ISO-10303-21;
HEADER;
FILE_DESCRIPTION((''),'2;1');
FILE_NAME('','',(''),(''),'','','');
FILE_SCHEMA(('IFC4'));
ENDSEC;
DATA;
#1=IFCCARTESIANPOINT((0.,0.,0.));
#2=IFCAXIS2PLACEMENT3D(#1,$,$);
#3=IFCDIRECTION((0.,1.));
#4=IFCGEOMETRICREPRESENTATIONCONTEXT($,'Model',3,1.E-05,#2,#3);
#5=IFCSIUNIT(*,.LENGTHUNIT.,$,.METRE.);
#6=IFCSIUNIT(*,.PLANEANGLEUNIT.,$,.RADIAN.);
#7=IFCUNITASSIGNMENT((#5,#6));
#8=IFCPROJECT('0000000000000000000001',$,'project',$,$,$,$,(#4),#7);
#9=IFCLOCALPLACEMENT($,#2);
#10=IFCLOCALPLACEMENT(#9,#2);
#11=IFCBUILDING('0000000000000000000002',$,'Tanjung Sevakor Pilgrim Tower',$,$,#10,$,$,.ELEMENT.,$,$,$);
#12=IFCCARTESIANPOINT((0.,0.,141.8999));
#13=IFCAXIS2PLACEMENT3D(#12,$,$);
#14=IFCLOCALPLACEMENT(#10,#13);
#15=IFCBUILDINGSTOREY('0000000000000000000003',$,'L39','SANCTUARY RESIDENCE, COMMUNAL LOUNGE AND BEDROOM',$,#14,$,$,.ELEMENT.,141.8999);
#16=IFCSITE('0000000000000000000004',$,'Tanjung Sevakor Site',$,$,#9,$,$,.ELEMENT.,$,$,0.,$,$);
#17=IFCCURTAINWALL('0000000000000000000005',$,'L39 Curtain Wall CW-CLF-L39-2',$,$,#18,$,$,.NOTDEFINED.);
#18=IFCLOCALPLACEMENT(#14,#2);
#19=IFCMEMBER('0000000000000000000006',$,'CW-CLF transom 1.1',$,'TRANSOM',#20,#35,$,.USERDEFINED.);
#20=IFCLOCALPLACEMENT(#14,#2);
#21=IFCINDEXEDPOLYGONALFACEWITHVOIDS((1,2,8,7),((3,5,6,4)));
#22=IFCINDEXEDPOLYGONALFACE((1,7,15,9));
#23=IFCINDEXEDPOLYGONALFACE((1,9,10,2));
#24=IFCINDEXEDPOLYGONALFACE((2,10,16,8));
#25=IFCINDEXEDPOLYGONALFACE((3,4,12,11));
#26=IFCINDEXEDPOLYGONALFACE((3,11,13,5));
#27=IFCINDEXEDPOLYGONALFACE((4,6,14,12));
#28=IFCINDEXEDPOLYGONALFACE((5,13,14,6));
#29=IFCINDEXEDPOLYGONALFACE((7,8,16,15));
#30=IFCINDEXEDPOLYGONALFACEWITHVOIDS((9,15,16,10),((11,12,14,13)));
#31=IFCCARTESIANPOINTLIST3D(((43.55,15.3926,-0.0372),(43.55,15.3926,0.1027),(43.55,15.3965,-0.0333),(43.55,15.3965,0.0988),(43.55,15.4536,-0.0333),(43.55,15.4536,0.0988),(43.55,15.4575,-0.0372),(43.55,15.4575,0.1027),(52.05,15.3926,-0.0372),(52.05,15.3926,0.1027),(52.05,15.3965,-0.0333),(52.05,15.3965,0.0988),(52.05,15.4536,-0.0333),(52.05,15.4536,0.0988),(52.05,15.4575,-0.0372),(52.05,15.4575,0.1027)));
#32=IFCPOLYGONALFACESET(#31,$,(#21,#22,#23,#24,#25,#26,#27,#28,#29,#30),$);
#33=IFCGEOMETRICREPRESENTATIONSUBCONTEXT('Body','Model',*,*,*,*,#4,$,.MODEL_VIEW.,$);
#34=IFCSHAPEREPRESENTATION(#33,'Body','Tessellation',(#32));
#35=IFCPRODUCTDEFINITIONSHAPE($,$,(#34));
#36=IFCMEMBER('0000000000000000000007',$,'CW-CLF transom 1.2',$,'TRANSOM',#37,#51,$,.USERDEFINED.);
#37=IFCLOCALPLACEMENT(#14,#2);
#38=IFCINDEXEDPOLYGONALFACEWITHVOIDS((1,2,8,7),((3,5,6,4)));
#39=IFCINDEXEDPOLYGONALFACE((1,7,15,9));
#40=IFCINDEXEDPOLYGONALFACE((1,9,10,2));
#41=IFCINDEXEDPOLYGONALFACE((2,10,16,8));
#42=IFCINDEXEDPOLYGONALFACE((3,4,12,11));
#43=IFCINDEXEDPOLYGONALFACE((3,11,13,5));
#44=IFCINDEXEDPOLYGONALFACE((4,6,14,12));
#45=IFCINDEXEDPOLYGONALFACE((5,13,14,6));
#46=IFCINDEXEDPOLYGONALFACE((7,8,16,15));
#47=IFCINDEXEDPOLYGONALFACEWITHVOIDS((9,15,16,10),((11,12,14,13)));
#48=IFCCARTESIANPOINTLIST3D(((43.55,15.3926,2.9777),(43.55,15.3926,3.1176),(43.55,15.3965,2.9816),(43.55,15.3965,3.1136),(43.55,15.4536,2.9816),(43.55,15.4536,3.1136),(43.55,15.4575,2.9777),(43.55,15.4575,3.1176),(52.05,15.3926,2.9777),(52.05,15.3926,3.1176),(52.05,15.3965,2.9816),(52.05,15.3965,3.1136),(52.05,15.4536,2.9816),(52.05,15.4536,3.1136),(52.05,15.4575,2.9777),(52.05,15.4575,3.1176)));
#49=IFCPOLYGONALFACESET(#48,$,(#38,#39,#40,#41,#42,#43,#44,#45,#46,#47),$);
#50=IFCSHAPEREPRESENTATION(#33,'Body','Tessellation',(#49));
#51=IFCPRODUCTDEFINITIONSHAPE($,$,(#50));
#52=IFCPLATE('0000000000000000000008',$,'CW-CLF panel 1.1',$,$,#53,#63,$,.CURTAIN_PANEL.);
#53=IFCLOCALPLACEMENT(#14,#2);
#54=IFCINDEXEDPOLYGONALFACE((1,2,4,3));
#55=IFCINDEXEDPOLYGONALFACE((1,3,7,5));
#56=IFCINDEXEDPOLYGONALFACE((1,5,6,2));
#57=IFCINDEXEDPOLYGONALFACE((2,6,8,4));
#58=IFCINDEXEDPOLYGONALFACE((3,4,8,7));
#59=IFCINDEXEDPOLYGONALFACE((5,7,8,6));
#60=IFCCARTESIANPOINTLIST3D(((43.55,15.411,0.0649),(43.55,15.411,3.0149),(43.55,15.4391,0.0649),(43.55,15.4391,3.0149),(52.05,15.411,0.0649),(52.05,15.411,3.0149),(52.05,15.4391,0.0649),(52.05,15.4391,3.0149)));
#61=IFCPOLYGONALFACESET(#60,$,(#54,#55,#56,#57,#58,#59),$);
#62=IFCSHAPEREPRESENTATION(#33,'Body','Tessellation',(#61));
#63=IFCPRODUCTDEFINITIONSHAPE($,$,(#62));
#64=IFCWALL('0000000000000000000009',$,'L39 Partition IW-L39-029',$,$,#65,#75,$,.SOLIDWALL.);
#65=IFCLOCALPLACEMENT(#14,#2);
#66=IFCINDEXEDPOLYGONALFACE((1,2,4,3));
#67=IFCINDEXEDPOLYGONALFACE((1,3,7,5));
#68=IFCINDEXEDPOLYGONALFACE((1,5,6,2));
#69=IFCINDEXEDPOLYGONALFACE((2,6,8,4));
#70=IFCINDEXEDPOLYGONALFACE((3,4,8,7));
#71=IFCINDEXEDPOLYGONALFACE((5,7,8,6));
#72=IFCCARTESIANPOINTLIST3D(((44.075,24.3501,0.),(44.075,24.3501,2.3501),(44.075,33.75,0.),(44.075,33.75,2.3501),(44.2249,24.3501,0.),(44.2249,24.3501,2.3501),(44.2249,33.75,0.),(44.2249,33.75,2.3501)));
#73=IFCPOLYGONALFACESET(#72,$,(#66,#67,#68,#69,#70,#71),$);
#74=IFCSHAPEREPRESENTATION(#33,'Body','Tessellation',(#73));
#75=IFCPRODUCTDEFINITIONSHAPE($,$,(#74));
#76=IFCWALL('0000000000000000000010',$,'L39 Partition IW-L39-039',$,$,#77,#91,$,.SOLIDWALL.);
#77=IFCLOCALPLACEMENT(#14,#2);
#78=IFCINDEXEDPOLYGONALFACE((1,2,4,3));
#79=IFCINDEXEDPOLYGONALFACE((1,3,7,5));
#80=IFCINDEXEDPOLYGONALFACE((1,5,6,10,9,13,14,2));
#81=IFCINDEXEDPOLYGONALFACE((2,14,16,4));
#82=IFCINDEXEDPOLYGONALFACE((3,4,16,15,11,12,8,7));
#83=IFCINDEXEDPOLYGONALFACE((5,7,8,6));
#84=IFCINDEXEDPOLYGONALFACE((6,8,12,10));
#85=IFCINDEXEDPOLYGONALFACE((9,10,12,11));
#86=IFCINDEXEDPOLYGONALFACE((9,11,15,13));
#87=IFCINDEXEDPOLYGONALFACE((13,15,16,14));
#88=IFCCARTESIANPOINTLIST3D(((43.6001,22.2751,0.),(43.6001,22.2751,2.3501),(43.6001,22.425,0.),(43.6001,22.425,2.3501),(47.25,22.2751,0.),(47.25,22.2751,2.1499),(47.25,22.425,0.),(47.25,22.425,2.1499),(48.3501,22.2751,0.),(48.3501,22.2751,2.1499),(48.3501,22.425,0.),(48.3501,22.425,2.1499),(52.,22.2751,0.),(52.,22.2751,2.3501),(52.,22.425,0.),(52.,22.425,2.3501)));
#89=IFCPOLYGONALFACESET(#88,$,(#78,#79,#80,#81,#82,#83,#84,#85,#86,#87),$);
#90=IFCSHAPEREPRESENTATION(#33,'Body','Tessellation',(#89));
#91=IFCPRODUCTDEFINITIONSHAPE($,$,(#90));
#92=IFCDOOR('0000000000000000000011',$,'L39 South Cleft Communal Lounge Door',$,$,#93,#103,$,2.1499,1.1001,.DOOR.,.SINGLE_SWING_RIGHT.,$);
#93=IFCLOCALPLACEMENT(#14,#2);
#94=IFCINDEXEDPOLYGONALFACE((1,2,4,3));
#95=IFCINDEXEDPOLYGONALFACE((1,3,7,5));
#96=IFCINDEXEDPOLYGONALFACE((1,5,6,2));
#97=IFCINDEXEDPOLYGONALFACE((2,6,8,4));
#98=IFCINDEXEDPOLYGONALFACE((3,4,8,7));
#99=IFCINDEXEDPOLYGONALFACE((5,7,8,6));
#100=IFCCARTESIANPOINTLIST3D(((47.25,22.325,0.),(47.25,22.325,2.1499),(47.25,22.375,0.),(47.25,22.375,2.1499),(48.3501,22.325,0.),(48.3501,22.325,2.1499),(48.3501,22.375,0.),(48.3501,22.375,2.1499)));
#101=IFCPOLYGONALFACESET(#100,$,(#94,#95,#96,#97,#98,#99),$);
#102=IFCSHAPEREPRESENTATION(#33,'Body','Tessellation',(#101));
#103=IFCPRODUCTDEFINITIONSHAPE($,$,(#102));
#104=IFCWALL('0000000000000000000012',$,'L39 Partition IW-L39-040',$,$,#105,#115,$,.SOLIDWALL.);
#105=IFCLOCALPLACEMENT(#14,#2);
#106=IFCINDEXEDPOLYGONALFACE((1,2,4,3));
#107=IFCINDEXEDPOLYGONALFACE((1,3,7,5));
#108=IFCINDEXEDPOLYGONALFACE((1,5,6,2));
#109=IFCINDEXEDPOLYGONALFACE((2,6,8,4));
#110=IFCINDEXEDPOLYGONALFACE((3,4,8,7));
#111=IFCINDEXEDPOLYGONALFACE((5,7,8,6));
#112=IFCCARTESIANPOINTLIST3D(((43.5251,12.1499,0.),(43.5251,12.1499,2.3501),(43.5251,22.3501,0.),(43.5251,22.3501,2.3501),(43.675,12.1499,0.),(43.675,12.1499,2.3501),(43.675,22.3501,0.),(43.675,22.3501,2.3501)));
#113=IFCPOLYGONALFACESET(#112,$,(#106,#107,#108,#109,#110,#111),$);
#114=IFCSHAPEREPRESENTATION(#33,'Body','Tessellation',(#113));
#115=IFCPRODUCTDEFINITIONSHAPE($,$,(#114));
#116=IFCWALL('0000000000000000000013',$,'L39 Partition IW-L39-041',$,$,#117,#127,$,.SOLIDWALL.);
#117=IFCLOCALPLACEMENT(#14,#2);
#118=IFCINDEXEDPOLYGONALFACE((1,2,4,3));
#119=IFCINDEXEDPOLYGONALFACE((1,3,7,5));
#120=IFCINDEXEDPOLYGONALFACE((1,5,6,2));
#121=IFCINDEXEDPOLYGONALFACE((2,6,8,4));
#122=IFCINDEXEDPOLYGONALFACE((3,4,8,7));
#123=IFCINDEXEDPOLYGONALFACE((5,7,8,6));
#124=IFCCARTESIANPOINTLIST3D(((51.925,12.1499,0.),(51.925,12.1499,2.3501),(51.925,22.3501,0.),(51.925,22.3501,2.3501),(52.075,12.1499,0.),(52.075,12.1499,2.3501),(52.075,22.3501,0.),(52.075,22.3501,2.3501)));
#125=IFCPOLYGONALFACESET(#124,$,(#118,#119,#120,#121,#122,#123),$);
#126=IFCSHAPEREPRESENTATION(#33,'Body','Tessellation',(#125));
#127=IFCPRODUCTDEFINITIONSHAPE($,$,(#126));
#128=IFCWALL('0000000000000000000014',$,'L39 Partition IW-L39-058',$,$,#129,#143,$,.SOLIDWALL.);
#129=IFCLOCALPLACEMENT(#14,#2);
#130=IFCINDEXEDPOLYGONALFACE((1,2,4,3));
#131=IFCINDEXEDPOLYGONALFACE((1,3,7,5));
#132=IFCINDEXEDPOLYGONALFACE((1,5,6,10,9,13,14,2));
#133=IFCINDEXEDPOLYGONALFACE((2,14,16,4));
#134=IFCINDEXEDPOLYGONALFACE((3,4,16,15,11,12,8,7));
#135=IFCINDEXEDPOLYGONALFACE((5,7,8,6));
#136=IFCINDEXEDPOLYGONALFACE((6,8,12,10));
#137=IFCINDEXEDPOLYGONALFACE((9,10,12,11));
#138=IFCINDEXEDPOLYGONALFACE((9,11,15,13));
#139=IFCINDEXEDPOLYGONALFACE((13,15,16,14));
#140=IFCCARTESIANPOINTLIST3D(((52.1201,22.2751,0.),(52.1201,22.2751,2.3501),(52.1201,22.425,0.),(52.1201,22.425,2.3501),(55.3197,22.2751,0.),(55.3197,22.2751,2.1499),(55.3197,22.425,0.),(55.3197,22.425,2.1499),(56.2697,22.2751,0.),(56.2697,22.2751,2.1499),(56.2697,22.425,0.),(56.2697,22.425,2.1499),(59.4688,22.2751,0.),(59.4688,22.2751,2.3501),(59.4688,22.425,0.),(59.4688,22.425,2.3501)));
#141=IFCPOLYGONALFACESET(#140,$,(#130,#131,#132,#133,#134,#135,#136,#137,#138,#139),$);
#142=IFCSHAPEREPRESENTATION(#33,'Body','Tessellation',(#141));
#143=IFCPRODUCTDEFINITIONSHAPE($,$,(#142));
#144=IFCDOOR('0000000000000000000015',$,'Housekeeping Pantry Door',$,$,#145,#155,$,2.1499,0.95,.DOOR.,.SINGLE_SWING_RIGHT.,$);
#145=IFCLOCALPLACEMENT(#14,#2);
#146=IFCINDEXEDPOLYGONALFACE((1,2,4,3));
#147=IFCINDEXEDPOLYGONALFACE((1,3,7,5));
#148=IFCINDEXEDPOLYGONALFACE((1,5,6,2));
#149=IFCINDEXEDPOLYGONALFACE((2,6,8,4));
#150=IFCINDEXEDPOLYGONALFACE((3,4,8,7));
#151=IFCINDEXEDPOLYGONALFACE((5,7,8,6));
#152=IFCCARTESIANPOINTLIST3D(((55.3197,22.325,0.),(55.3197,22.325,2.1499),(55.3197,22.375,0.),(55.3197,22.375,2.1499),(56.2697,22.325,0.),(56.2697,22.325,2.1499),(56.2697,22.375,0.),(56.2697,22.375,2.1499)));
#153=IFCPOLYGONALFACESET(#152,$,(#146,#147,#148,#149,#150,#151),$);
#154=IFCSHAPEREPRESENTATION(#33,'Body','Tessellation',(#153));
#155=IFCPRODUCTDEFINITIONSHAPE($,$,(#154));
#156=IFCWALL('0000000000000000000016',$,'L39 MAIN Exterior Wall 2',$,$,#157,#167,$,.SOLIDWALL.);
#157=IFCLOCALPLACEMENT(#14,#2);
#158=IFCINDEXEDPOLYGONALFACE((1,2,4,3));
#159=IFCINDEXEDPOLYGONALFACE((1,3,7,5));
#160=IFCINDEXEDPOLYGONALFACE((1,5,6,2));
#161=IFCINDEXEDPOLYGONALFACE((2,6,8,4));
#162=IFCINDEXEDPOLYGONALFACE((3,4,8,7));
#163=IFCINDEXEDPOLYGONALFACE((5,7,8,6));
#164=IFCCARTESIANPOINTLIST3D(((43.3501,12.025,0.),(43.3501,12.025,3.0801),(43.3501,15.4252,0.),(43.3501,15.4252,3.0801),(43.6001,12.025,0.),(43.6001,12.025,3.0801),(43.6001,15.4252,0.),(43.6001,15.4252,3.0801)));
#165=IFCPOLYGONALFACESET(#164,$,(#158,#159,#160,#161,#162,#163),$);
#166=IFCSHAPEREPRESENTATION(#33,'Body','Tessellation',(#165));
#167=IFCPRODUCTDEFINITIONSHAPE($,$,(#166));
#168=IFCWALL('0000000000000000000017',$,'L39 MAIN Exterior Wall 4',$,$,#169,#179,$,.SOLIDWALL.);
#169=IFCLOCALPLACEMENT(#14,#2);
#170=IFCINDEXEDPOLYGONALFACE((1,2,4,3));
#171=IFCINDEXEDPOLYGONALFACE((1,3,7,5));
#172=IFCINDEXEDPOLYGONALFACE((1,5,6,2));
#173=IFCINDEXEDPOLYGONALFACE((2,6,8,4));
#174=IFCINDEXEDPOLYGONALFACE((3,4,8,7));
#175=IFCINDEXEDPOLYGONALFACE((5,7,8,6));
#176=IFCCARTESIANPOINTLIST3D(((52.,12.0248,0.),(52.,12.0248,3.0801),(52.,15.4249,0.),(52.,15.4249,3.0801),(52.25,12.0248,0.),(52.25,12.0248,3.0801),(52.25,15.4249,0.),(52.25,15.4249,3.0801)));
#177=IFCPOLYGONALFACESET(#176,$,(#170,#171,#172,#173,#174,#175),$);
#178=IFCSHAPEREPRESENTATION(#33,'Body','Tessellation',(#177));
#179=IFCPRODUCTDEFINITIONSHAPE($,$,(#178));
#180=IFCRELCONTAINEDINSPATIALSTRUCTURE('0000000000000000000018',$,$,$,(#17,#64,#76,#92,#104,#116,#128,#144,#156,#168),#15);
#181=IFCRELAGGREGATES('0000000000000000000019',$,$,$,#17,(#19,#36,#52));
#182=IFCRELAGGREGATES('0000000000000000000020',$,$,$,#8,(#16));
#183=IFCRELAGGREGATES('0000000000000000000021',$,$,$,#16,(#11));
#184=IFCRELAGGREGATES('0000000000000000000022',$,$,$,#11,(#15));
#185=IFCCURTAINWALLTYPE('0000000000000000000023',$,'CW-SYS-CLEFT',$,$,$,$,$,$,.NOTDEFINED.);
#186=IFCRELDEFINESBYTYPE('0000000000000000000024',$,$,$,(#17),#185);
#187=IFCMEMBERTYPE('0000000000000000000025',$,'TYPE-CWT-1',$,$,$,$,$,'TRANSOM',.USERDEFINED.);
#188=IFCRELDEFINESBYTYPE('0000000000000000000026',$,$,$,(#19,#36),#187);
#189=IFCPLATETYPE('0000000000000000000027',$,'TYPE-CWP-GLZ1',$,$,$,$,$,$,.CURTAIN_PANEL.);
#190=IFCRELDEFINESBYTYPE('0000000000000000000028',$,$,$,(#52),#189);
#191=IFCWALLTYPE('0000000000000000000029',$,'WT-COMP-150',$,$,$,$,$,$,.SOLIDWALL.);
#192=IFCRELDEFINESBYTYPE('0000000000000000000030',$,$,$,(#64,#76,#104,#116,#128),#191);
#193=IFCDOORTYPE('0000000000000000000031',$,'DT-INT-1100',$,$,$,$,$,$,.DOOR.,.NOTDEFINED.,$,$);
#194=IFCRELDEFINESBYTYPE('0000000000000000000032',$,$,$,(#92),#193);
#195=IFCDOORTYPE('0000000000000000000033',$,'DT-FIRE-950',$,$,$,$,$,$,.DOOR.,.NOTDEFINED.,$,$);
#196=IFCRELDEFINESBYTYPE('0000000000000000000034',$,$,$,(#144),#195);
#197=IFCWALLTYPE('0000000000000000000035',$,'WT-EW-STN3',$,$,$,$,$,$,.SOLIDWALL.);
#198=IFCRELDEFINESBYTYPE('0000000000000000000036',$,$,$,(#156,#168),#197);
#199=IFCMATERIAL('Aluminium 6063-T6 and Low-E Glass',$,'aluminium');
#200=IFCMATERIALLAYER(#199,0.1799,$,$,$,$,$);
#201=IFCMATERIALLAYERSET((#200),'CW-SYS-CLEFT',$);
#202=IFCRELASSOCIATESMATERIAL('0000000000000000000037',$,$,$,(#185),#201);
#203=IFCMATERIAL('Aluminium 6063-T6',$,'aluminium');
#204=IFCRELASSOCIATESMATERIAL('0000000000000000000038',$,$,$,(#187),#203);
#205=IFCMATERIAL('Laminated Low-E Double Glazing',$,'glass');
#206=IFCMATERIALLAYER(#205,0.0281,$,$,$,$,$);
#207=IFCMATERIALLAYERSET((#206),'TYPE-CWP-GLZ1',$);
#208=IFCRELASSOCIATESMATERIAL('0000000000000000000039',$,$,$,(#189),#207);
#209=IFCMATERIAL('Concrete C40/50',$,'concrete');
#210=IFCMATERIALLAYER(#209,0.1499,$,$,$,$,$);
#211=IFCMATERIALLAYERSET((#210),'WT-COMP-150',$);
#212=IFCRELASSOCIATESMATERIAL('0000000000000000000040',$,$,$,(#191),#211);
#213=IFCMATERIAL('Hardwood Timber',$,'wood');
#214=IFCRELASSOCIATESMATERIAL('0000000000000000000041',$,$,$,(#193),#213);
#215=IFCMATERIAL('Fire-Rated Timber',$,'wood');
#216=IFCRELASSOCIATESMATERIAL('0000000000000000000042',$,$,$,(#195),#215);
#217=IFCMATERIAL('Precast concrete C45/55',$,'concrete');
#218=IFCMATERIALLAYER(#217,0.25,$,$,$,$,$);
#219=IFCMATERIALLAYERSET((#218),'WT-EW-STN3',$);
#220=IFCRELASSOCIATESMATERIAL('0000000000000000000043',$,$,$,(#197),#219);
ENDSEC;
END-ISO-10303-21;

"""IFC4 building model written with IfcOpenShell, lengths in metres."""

from ifc_helpers import new_model, si_unit, direction, frame, frame_2d, origin, origin_2d, place, context, subcontext, project, spatial, rectangle, hollow_rectangle, extrude, material, layer, layer_set, material_profile, profile_set, type_object, element, fill, aggregate, save


model = new_model("IFC4")

# Units and contexts
model_context = context("Model", 3, precision=1e-05, world=origin(), true_north=direction((0.0, 1.0)))
body_context = subcontext(model_context, "Body", "Model", "MODEL_VIEW")
ifc_project = project(units=[si_unit("LENGTHUNIT", "METRE"), si_unit("PLANEANGLEUNIT", "RADIAN")], contexts=[model_context])

# Site, building, storey
site_placement = place(None, origin())
site = spatial("IfcSite", under=ifc_project, at=site_placement, Name="Tanjung Sevakor Site", CompositionType="ELEMENT", RefElevation=0.0)
building_placement = place(site_placement, origin())
building = spatial("IfcBuilding", under=site, at=building_placement, Name="Tanjung Sevakor Pilgrim Tower", CompositionType="ELEMENT")
storey_placement = place(building_placement, frame((0.0, 0.0, 141.8999)))
storey = spatial("IfcBuildingStorey", under=building, at=storey_placement, Name="L39", Description="SANCTUARY RESIDENCE, COMMUNAL LOUNGE AND BEDROOM", CompositionType="ELEMENT", Elevation=141.8999)

# Curtain wall, members, plate
ifc_material_1 = material(Name="Aluminium 6063-T6 and Low-E Glass", Category="aluminium")
ifc_layer_1 = layer(ifc_material_1, 0.1799)
ifc_layer_set_1 = layer_set([ifc_layer_1], Name="CW-SYS-CLEFT")
curtain_wall_type = type_object("IfcCurtainWallType", Name="CW-SYS-CLEFT", PredefinedType="NOTDEFINED", material=ifc_layer_set_1)
curtain_wall_placement = place(storey_placement, origin())
curtain_wall = element("IfcCurtainWall", 1, at=curtain_wall_placement, inside=storey, type_object=curtain_wall_type, Name="L39 Curtain Wall CW-CLF-L39-2", PredefinedType="NOTDEFINED")
ifc_material_2 = material(Name="Aluminium 6063-T6", Category="aluminium")
ifc_material_profile_1 = material_profile(ifc_material_2, hollow_rectangle(XDim=0.0649, YDim=0.1399, WallThickness=0.0039, at=origin_2d()))
ifc_profile_set_1 = profile_set([ifc_material_profile_1], Name="Aluminium 6063-T6")
member_type_1 = type_object("IfcMemberType", Name="TYPE-CWT-1", ElementType="TRANSOM", PredefinedType="USERDEFINED", material=ifc_profile_set_1)
member_1_placement = place(storey_placement, frame((43.55, 15.425, 0.0327), z_axis=(1.0, 0.0, 0.0), x_axis=(0.0, 1.0, 0.0)))
member_1 = element("IfcMember", 2, at=member_1_placement, type_object=member_type_1, Name="CW-CLF transom 1.1", ObjectType="TRANSOM", PredefinedType="USERDEFINED", context=body_context, shape_type="SweptSolid", body=[
    extrude(hollow_rectangle(XDim=0.0649, YDim=0.1399, WallThickness=0.0039, at=origin_2d()), origin(), (0.0, 0.0, 1.0), 8.5),
])
member_2_placement = place(storey_placement, frame((43.55, 15.425, 3.0476), z_axis=(1.0, 0.0, 0.0), x_axis=(0.0, 1.0, 0.0)))
member_2 = element("IfcMember", 3, at=member_2_placement, type_object=member_type_1, Name="CW-CLF transom 1.2", ObjectType="TRANSOM", PredefinedType="USERDEFINED", context=body_context, shape_type="SweptSolid", body=[
    extrude(hollow_rectangle(XDim=0.0649, YDim=0.1399, WallThickness=0.0039, at=origin_2d()), origin(), (0.0, 0.0, 1.0), 8.5),
])
ifc_material_3 = material(Name="Laminated Low-E Double Glazing", Category="glass")
ifc_layer_2 = layer(ifc_material_3, 0.0281)
ifc_layer_set_2 = layer_set([ifc_layer_2], Name="TYPE-CWP-GLZ1")
plate_type = type_object("IfcPlateType", Name="TYPE-CWP-GLZ1", PredefinedType="CURTAIN_PANEL", material=ifc_layer_set_2)
plate_placement = place(storey_placement, frame((47.8, 15.425, 0.0649), z_axis=(0.0, 0.0, 1.0), x_axis=(1.0, 0.0, 0.0)))
plate = element("IfcPlate", 4, at=plate_placement, type_object=plate_type, Name="CW-CLF panel 1.1", PredefinedType="CURTAIN_PANEL", context=body_context, shape_type="SweptSolid", body=[
    extrude(rectangle(XDim=8.5, YDim=0.0281, at=origin_2d()), origin(), (0.0, 0.0, 1.0), 2.95),
])
aggregate(curtain_wall, [member_1, member_2, plate])

# Wall
ifc_material_4 = material(Name="Concrete C40/50", Category="concrete")
ifc_layer_3 = layer(ifc_material_4, 0.1499)
ifc_layer_set_3 = layer_set([ifc_layer_3], Name="WT-COMP-150")
wall_type_1 = type_object("IfcWallType", Name="WT-COMP-150", PredefinedType="SOLIDWALL", material=ifc_layer_set_3)
wall_1_placement = place(storey_placement, frame((44.1499, 24.3501, 0.0), z_axis=(0.0, 0.0, 1.0), x_axis=(0.0, 1.0, 0.0)))
element("IfcWall", 5, at=wall_1_placement, inside=storey, type_object=wall_type_1, Name="L39 Partition IW-L39-029", PredefinedType="SOLIDWALL", context=body_context, shape_type="SweptSolid", body=[
    extrude(rectangle(XDim=9.3999, YDim=0.1499, at=frame_2d((4.7, 0.0))), origin(), (0.0, 0.0, 1.0), 2.3501),
])

# Wall, opening, door
wall_2_placement = place(storey_placement, frame((43.6001, 22.3501, 0.0), z_axis=(0.0, 0.0, 1.0), x_axis=(1.0, 0.0, 0.0)))
wall_2 = element("IfcWall", 6, at=wall_2_placement, inside=storey, type_object=wall_type_1, Name="L39 Partition IW-L39-039", PredefinedType="SOLIDWALL", context=body_context, shape_type="SweptSolid", body=[
    extrude(rectangle(XDim=8.3999, YDim=0.1499, at=frame_2d((4.2, 0.0))), origin(), (0.0, 0.0, 1.0), 2.3501),
])
opening_1_placement = place(wall_2_placement, frame((3.6499, 0.0, 0.0)))
opening_1 = element("IfcOpeningElement", 7, at=opening_1_placement, cuts=wall_2, PredefinedType="OPENING", context=body_context, shape_type="SweptSolid", body=[
    extrude(rectangle(XDim=1.1001, YDim=2.1499, at=frame_2d((0.55, 1.075))), frame((0.0, 0.085, 0.0), z_axis=(0.0, -1.0, 0.0), x_axis=(1.0, 0.0, 0.0)), (0.0, 0.0, 1.0), 0.1699),
])
ifc_material_5 = material(Name="Hardwood Timber", Category="wood")
door_type_1 = type_object("IfcDoorType", Name="DT-INT-1100", OperationType="NOTDEFINED", PredefinedType="DOOR", material=ifc_material_5)
door_1_placement = place(opening_1_placement, origin())
door_1 = element("IfcDoor", 8, at=door_1_placement, inside=storey, type_object=door_type_1, Name="L39 South Cleft Communal Lounge Door", OperationType="SINGLE_SWING_RIGHT", OverallHeight=2.1499, OverallWidth=1.1001, PredefinedType="DOOR", context=body_context, shape_type="SweptSolid", body=[
    extrude(rectangle(XDim=1.1001, YDim=2.1499, at=frame_2d((0.55, 1.075))), frame((0.0, 0.0249, 0.0), z_axis=(0.0, -1.0, 0.0), x_axis=(1.0, 0.0, 0.0)), (0.0, 0.0, 1.0), 0.05),
])
fill(opening_1, door_1)

# Walls
for number, where, z_axis, x_axis, name in (
    (9, (43.6001, 12.1499, 0.0), (0.0, 0.0, 1.0), (0.0, 1.0, 0.0), "L39 Partition IW-L39-040"),
    (10, (52.0, 12.1499, 0.0), (0.0, 0.0, 1.0), (0.0, 1.0, 0.0), "L39 Partition IW-L39-041"),
):
    element("IfcWall", number, at=place(storey_placement, frame(where, z_axis=z_axis, x_axis=x_axis)), inside=storey, type_object=wall_type_1, Name=name, PredefinedType="SOLIDWALL", context=body_context, shape_type="SweptSolid", body=[
        extrude(rectangle(XDim=10.2002, YDim=0.1499, at=frame_2d((5.1001, 0.0))), origin(), (0.0, 0.0, 1.0), 2.3501),
    ])

# Wall, opening, door
wall_3_placement = place(storey_placement, frame((52.1201, 22.3501, 0.0), z_axis=(0.0, 0.0, 1.0), x_axis=(1.0, 0.0, 0.0)))
wall_3 = element("IfcWall", 11, at=wall_3_placement, inside=storey, type_object=wall_type_1, Name="L39 Partition IW-L39-058", PredefinedType="SOLIDWALL", context=body_context, shape_type="SweptSolid", body=[
    extrude(rectangle(XDim=7.3486, YDim=0.1499, at=frame_2d((3.6743, 0.0))), origin(), (0.0, 0.0, 1.0), 2.3501),
])
opening_2_placement = place(wall_3_placement, frame((3.1995, 0.0, 0.0)))
opening_2 = element("IfcOpeningElement", 12, at=opening_2_placement, cuts=wall_3, PredefinedType="OPENING", context=body_context, shape_type="SweptSolid", body=[
    extrude(rectangle(XDim=0.95, YDim=2.1499, at=frame_2d((0.4751, 1.075))), frame((0.0, 0.085, 0.0), z_axis=(0.0, -1.0, 0.0), x_axis=(1.0, 0.0, 0.0)), (0.0, 0.0, 1.0), 0.1699),
])
ifc_material_6 = material(Name="Fire-Rated Timber", Category="wood")
door_type_2 = type_object("IfcDoorType", Name="DT-FIRE-950", OperationType="NOTDEFINED", PredefinedType="DOOR", material=ifc_material_6)
door_2_placement = place(opening_2_placement, origin())
door_2 = element("IfcDoor", 13, at=door_2_placement, inside=storey, type_object=door_type_2, Name="Housekeeping Pantry Door", OperationType="SINGLE_SWING_RIGHT", OverallHeight=2.1499, OverallWidth=0.95, PredefinedType="DOOR", context=body_context, shape_type="SweptSolid", body=[
    extrude(rectangle(XDim=0.95, YDim=2.1499, at=frame_2d((0.4751, 1.075))), frame((0.0, 0.0249, 0.0), z_axis=(0.0, -1.0, 0.0), x_axis=(1.0, 0.0, 0.0)), (0.0, 0.0, 1.0), 0.05),
])
fill(opening_2, door_2)

# Walls
ifc_material_7 = material(Name="Precast concrete C45/55", Category="concrete")
ifc_layer_4 = layer(ifc_material_7, 0.25)
ifc_layer_set_4 = layer_set([ifc_layer_4], Name="WT-EW-STN3")
wall_type_2 = type_object("IfcWallType", Name="WT-EW-STN3", PredefinedType="SOLIDWALL", material=ifc_layer_set_4)
for number, where, z_axis, x_axis, name in (
    (14, (43.4751, 12.0249, 0.0), (0.0, 0.0, 1.0), (0.0, 1.0, 0.0), "L39 MAIN Exterior Wall 2"),
    (15, (52.125, 15.425, 0.0), (0.0, 0.0, 1.0), (0.0, -1.0, 0.0), "L39 MAIN Exterior Wall 4"),
):
    element("IfcWall", number, at=place(storey_placement, frame(where, z_axis=z_axis, x_axis=x_axis)), inside=storey, type_object=wall_type_2, Name=name, PredefinedType="SOLIDWALL", context=body_context, shape_type="SweptSolid", body=[
        extrude(rectangle(XDim=3.4001, YDim=0.25, at=frame_2d((1.7002, 0.0))), origin(), (0.0, 0.0, 1.0), 3.0801),
    ])

save(model, "model.ifc")
